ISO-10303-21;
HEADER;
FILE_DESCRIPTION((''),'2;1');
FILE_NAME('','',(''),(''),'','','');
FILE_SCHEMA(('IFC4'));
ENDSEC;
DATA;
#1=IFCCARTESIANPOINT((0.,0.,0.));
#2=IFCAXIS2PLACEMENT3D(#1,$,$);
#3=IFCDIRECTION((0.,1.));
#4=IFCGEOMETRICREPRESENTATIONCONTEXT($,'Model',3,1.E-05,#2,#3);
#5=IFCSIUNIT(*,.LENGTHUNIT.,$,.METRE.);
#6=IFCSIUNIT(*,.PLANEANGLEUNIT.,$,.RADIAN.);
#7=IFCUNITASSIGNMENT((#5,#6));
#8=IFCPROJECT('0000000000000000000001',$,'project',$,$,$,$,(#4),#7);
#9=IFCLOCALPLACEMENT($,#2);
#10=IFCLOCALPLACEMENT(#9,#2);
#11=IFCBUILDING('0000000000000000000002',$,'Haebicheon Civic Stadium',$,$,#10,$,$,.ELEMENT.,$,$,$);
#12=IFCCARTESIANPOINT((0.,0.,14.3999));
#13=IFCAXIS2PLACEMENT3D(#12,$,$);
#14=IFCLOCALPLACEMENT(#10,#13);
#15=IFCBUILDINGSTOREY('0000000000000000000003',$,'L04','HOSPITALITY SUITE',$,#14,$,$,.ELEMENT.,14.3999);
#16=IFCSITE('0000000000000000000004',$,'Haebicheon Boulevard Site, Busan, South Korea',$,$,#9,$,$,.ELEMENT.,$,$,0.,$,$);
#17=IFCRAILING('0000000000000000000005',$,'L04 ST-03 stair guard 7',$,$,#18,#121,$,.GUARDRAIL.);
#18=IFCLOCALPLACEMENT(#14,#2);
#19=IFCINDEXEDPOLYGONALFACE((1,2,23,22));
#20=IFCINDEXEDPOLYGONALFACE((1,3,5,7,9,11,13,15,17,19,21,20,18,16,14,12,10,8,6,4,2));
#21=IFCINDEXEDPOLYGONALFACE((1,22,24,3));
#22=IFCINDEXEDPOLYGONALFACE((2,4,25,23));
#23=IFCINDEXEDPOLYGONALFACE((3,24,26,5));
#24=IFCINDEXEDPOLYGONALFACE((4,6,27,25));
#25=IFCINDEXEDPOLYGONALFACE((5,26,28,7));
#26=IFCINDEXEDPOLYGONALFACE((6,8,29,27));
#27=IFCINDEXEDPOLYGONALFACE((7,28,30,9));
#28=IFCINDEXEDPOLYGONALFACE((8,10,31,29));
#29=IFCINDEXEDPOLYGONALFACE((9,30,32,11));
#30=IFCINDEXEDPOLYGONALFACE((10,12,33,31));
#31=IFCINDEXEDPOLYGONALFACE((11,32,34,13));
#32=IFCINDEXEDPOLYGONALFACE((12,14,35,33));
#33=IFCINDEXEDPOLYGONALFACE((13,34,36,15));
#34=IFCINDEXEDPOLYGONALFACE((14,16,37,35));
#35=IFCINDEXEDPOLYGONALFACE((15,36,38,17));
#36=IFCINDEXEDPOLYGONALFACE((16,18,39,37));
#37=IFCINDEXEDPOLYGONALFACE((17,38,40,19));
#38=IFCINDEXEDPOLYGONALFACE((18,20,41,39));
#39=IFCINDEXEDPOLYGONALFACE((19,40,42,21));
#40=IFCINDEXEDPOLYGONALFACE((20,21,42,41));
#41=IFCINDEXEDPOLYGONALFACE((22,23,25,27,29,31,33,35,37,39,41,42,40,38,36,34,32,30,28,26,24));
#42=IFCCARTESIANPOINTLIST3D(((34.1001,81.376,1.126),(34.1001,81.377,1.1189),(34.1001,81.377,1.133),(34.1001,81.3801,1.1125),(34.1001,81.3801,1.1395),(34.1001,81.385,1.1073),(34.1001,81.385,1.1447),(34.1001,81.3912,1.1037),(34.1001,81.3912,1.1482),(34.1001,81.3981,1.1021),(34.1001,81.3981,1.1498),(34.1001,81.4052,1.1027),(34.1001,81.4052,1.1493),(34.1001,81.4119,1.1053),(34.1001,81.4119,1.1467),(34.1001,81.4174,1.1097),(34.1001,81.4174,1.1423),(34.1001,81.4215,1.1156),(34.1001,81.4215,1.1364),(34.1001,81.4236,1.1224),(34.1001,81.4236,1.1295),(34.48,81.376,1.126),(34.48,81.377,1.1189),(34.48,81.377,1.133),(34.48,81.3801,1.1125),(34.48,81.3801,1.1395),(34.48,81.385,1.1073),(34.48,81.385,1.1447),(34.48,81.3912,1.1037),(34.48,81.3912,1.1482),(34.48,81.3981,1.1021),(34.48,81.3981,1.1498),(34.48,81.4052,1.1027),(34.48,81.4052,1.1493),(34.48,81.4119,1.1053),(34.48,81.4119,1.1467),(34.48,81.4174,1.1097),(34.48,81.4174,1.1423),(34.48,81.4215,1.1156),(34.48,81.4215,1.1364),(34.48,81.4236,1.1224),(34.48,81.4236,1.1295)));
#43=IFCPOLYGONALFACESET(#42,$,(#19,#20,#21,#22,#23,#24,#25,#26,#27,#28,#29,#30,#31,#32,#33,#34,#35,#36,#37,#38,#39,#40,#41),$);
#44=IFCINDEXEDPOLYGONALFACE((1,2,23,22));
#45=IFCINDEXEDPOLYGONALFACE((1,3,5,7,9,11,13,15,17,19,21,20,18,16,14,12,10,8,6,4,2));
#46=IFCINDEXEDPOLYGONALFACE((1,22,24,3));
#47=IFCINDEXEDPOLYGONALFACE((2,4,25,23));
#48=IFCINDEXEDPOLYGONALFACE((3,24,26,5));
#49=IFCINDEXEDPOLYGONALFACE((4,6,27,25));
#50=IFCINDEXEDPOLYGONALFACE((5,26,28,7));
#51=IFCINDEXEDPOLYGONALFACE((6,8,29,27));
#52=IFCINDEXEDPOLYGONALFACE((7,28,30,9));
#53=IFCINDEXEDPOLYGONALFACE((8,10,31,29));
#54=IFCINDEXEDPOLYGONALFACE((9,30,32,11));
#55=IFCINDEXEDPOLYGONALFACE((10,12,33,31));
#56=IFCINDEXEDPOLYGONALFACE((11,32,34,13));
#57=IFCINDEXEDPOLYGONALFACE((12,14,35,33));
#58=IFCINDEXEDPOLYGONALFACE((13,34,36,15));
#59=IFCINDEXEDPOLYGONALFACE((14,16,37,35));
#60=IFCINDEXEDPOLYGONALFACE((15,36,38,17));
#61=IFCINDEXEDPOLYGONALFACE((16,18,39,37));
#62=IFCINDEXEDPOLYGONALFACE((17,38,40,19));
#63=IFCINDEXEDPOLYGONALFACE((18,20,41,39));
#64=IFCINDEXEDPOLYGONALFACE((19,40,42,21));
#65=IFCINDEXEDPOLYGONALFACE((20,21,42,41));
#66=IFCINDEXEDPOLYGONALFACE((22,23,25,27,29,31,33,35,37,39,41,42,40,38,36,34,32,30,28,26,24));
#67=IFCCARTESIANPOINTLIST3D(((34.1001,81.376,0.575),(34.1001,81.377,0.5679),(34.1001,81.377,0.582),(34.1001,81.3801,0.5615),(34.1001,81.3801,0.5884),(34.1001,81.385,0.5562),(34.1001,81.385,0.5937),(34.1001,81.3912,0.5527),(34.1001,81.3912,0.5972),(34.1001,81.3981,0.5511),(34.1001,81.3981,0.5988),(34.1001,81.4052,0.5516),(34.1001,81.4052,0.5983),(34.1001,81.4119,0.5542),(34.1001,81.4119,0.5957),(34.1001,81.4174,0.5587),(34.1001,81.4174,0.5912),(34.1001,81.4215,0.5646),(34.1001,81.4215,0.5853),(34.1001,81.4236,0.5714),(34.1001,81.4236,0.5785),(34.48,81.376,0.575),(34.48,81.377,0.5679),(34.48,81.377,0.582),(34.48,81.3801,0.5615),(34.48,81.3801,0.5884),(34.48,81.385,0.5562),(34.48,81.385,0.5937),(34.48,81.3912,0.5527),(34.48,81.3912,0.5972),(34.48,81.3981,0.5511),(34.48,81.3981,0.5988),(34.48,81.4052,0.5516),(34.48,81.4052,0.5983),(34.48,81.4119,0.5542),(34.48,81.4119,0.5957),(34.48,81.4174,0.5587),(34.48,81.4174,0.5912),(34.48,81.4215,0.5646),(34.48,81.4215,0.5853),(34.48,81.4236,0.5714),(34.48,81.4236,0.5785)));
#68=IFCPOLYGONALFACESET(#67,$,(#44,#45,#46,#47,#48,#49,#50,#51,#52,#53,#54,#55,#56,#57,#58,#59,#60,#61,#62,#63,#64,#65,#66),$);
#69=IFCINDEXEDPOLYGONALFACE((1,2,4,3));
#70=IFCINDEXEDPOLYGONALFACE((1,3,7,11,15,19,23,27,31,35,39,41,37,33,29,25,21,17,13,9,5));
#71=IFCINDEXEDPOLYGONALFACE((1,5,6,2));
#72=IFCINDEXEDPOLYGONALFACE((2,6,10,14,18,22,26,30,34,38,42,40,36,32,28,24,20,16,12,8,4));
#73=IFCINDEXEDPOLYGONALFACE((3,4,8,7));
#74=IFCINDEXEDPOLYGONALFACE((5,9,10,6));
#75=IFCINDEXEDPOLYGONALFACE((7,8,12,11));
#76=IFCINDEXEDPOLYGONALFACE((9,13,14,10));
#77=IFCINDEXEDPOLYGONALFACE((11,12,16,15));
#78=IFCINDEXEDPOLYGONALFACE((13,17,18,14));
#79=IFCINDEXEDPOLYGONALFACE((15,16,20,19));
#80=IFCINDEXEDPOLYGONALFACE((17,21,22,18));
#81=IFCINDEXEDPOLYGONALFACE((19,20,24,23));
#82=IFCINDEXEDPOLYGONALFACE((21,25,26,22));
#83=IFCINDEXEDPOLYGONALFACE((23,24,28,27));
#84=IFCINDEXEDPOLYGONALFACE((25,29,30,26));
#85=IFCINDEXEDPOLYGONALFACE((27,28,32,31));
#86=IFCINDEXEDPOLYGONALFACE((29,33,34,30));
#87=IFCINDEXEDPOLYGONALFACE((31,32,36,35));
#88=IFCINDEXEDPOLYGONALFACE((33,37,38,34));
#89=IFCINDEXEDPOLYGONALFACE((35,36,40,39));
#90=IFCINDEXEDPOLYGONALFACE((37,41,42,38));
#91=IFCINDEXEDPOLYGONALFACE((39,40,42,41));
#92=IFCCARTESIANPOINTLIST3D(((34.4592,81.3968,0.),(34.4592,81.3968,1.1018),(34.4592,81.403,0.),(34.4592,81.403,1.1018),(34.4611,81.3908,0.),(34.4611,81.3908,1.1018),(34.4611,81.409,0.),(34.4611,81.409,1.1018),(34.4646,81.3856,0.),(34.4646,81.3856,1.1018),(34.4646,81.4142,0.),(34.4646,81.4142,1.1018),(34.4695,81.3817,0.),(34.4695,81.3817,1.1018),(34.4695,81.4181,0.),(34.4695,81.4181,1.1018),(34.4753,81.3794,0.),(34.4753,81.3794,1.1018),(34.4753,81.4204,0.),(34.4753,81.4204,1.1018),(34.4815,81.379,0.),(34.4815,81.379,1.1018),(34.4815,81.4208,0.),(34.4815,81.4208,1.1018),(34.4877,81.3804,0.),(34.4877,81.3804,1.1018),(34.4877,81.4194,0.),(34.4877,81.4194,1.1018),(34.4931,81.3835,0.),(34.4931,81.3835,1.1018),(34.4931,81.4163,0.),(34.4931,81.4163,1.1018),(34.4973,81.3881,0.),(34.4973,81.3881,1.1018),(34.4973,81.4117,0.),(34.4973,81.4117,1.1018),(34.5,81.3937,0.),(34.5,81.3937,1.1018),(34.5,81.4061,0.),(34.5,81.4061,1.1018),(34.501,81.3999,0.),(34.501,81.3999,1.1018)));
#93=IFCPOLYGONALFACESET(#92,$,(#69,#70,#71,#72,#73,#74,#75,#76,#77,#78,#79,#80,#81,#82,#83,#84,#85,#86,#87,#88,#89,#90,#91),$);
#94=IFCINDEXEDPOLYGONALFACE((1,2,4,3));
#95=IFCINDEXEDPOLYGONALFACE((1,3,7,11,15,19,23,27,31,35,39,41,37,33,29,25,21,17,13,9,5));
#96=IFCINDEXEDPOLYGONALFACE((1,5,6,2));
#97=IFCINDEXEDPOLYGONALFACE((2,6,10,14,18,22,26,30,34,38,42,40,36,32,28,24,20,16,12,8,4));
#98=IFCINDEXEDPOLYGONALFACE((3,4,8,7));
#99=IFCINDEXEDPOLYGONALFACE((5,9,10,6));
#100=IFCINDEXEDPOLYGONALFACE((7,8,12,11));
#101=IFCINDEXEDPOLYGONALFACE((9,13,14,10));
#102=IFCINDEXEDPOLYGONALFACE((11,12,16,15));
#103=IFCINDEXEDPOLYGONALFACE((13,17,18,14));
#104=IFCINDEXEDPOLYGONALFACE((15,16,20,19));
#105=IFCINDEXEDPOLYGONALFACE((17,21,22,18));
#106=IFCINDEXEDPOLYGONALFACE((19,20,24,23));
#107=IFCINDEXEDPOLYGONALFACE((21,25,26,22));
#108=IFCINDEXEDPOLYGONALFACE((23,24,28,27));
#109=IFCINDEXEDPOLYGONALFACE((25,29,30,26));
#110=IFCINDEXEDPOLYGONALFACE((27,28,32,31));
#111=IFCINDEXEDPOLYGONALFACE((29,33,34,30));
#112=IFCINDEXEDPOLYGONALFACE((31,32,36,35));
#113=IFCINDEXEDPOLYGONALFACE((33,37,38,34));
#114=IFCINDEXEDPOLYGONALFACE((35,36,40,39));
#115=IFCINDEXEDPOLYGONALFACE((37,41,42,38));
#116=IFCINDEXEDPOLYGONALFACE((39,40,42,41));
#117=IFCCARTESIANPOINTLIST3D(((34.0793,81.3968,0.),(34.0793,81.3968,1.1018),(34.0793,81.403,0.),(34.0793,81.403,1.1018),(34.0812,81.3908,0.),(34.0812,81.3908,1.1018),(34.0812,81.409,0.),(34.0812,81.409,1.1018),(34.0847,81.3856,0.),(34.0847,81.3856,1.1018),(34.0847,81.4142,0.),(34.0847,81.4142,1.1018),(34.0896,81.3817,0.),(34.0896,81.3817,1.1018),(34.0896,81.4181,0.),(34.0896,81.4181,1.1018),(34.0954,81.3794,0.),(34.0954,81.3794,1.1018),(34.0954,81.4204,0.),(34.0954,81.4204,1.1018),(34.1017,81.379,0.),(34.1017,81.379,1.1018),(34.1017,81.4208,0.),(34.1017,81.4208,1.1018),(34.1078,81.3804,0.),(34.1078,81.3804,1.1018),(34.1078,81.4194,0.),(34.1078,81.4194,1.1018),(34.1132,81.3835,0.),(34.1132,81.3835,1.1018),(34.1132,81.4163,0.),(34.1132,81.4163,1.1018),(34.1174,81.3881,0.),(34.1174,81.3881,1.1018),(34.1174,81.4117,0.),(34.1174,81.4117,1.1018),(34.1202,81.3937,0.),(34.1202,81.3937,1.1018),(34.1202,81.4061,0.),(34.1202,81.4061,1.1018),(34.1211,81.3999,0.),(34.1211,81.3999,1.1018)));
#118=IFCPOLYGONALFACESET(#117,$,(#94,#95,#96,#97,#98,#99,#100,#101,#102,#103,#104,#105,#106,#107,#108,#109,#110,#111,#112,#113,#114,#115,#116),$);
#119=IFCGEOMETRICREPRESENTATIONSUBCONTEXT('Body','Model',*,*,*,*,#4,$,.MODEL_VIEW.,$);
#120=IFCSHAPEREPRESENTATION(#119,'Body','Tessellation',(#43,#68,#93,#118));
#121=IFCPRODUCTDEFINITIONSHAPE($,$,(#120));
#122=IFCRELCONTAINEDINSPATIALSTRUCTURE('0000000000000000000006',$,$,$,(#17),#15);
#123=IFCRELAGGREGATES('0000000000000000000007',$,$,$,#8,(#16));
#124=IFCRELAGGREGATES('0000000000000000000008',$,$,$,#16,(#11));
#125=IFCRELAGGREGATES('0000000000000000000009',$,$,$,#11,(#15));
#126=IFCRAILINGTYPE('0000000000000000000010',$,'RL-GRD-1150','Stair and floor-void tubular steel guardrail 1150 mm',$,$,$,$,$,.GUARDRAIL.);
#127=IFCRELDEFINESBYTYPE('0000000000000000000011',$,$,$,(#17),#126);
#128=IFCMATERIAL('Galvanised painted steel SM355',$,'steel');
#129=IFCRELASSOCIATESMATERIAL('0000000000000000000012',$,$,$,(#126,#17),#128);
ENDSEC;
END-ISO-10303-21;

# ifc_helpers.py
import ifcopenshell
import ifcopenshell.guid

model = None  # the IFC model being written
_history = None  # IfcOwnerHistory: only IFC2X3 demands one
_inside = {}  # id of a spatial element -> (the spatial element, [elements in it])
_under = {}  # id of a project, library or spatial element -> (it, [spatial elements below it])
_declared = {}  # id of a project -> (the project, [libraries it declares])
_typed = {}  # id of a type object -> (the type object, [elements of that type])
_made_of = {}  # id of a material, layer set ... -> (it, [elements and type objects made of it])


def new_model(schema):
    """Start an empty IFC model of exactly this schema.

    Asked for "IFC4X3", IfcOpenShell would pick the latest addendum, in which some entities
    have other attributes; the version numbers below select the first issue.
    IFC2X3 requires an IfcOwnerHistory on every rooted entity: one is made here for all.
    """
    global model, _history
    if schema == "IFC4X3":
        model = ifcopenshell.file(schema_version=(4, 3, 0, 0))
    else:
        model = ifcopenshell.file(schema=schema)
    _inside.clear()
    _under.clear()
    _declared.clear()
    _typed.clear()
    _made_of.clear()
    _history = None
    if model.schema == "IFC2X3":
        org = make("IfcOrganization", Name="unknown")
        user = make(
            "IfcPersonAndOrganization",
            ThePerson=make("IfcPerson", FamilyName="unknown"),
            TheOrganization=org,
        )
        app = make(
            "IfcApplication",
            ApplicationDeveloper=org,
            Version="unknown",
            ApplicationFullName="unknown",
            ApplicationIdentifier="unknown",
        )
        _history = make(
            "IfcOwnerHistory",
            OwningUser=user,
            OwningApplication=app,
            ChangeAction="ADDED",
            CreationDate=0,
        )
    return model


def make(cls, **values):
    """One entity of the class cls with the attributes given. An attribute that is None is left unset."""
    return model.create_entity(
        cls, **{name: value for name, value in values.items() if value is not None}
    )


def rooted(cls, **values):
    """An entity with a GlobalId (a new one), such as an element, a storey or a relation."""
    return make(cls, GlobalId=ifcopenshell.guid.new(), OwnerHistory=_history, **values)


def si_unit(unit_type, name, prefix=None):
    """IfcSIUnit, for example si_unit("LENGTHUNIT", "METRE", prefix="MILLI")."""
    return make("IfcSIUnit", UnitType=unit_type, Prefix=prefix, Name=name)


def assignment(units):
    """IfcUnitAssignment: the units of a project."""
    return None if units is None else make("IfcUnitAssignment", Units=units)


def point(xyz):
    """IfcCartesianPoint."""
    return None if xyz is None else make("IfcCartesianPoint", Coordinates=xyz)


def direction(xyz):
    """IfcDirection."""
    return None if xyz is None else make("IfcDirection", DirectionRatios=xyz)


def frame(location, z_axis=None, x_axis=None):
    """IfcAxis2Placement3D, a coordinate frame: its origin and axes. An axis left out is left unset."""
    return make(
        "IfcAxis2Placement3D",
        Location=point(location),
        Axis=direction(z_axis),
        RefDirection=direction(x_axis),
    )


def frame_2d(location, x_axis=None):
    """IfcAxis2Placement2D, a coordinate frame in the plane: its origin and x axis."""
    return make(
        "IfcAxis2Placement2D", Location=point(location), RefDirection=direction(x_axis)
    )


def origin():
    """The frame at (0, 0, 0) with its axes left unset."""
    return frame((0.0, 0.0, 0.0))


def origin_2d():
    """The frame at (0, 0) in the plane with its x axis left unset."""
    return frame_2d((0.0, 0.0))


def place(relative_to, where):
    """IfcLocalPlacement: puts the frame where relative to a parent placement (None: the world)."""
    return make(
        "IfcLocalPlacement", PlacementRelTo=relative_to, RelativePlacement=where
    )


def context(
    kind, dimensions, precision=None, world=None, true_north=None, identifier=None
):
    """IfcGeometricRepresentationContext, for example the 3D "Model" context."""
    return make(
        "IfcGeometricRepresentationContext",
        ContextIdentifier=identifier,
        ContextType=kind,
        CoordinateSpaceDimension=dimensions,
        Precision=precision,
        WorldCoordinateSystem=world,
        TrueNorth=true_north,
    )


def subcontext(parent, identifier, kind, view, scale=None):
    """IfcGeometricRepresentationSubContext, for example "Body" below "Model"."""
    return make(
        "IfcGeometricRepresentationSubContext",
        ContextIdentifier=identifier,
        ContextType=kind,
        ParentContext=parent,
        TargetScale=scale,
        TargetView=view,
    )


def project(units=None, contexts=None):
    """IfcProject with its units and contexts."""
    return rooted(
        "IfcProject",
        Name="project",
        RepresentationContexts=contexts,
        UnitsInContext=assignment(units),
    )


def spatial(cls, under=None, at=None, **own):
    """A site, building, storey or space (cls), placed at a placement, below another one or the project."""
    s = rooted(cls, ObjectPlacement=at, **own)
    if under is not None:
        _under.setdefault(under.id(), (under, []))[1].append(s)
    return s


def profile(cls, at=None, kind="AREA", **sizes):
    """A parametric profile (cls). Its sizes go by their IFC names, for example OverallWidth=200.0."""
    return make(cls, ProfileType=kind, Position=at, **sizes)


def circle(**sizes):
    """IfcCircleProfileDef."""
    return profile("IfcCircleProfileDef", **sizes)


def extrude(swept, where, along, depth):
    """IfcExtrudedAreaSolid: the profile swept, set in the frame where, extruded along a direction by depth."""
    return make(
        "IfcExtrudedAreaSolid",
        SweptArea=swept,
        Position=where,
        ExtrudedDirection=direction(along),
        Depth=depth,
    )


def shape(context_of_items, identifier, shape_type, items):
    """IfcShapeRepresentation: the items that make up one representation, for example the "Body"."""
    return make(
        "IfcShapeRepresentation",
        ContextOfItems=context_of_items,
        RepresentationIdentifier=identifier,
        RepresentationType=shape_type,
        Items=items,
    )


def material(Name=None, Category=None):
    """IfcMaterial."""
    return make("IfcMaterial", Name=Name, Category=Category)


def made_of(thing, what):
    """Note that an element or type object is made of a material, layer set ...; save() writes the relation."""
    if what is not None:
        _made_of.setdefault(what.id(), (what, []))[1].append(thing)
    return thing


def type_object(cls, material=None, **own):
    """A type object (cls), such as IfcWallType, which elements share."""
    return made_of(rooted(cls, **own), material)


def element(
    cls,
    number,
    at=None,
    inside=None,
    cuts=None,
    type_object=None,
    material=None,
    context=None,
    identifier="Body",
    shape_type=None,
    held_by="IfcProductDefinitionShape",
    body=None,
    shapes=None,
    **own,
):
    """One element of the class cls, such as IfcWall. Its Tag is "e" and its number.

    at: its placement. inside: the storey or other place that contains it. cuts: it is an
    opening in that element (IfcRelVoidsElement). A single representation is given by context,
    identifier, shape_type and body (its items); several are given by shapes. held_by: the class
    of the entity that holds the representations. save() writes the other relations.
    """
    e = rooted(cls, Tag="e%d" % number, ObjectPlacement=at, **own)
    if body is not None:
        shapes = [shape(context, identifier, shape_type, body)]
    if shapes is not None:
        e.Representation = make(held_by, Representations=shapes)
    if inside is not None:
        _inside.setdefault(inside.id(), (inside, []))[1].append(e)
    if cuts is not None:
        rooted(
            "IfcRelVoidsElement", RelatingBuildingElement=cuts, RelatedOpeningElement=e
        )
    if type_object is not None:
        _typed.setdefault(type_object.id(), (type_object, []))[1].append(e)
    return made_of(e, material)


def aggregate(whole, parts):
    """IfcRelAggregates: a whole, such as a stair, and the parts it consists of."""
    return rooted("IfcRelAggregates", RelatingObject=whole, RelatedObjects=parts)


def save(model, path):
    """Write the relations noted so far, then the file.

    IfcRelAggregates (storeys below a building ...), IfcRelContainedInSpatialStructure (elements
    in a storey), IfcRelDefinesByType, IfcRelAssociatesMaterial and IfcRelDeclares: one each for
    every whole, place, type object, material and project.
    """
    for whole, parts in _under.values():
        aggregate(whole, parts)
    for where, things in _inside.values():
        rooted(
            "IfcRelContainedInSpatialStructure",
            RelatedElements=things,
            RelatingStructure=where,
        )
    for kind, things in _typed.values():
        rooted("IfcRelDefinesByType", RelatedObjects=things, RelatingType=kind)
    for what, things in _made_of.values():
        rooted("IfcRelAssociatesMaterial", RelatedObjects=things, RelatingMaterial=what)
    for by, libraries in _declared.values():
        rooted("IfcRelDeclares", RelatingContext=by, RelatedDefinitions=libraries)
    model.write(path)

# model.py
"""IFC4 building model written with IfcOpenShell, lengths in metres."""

from ifc_helpers import new_model, si_unit, direction, frame, origin, origin_2d, place, context, subcontext, project, spatial, circle, extrude, material, type_object, element, save


model = new_model("IFC4")

# Units and contexts
model_context = context("Model", 3, precision=1e-05, world=origin(), true_north=direction((0.0, 1.0)))
body_context = subcontext(model_context, "Body", "Model", "MODEL_VIEW")
ifc_project = project(units=[si_unit("LENGTHUNIT", "METRE"), si_unit("PLANEANGLEUNIT", "RADIAN")], contexts=[model_context])

# Site, building, storey
site_placement = place(None, origin())
site = spatial("IfcSite", under=ifc_project, at=site_placement, Name="Haebicheon Boulevard Site, Busan, South Korea", CompositionType="ELEMENT", RefElevation=0.0)
building_placement = place(site_placement, origin())
building = spatial("IfcBuilding", under=site, at=building_placement, Name="Haebicheon Civic Stadium", CompositionType="ELEMENT")
storey_placement = place(building_placement, frame((0.0, 0.0, 14.3999)))
storey = spatial("IfcBuildingStorey", under=building, at=storey_placement, Name="L04", Description="HOSPITALITY SUITE", CompositionType="ELEMENT", Elevation=14.3999)

# Railing
ifc_material_1 = material(Name="Galvanised painted steel SM355", Category="steel")
railing_type_1 = type_object("IfcRailingType", Name="RL-GRD-1150", Description="Stair and floor-void tubular steel guardrail 1150 mm", PredefinedType="GUARDRAIL", material=ifc_material_1)
railing_1_placement = place(storey_placement, frame((34.48, 81.3999, 0.0)))
element("IfcRailing", 1, at=railing_1_placement, inside=storey, type_object=railing_type_1, material=ifc_material_1, Name="L04 ST-03 stair guard 7", PredefinedType="GUARDRAIL", context=body_context, shape_type="SweptSolid", body=[
    extrude(circle(Radius=0.0239, at=origin_2d()), frame((0.0, 0.0, 1.126), z_axis=(-1.0, 0.0, 0.0), x_axis=(0.0, -1.0, 0.0)), (0.0, 0.0, 1.0), 0.3799),
    extrude(circle(Radius=0.0239, at=origin_2d()), frame((0.0, 0.0, 0.575), z_axis=(-1.0, 0.0, 0.0), x_axis=(0.0, -1.0, 0.0)), (0.0, 0.0, 1.0), 0.3799),
    extrude(circle(Radius=0.021, at=origin_2d()), origin(), (0.0, 0.0, 1.0), 1.1018),
    extrude(circle(Radius=0.021, at=origin_2d()), frame((-0.3799, 0.0, 0.0)), (0.0, 0.0, 1.0), 1.1018),
])

save(model, "model.ifc")
